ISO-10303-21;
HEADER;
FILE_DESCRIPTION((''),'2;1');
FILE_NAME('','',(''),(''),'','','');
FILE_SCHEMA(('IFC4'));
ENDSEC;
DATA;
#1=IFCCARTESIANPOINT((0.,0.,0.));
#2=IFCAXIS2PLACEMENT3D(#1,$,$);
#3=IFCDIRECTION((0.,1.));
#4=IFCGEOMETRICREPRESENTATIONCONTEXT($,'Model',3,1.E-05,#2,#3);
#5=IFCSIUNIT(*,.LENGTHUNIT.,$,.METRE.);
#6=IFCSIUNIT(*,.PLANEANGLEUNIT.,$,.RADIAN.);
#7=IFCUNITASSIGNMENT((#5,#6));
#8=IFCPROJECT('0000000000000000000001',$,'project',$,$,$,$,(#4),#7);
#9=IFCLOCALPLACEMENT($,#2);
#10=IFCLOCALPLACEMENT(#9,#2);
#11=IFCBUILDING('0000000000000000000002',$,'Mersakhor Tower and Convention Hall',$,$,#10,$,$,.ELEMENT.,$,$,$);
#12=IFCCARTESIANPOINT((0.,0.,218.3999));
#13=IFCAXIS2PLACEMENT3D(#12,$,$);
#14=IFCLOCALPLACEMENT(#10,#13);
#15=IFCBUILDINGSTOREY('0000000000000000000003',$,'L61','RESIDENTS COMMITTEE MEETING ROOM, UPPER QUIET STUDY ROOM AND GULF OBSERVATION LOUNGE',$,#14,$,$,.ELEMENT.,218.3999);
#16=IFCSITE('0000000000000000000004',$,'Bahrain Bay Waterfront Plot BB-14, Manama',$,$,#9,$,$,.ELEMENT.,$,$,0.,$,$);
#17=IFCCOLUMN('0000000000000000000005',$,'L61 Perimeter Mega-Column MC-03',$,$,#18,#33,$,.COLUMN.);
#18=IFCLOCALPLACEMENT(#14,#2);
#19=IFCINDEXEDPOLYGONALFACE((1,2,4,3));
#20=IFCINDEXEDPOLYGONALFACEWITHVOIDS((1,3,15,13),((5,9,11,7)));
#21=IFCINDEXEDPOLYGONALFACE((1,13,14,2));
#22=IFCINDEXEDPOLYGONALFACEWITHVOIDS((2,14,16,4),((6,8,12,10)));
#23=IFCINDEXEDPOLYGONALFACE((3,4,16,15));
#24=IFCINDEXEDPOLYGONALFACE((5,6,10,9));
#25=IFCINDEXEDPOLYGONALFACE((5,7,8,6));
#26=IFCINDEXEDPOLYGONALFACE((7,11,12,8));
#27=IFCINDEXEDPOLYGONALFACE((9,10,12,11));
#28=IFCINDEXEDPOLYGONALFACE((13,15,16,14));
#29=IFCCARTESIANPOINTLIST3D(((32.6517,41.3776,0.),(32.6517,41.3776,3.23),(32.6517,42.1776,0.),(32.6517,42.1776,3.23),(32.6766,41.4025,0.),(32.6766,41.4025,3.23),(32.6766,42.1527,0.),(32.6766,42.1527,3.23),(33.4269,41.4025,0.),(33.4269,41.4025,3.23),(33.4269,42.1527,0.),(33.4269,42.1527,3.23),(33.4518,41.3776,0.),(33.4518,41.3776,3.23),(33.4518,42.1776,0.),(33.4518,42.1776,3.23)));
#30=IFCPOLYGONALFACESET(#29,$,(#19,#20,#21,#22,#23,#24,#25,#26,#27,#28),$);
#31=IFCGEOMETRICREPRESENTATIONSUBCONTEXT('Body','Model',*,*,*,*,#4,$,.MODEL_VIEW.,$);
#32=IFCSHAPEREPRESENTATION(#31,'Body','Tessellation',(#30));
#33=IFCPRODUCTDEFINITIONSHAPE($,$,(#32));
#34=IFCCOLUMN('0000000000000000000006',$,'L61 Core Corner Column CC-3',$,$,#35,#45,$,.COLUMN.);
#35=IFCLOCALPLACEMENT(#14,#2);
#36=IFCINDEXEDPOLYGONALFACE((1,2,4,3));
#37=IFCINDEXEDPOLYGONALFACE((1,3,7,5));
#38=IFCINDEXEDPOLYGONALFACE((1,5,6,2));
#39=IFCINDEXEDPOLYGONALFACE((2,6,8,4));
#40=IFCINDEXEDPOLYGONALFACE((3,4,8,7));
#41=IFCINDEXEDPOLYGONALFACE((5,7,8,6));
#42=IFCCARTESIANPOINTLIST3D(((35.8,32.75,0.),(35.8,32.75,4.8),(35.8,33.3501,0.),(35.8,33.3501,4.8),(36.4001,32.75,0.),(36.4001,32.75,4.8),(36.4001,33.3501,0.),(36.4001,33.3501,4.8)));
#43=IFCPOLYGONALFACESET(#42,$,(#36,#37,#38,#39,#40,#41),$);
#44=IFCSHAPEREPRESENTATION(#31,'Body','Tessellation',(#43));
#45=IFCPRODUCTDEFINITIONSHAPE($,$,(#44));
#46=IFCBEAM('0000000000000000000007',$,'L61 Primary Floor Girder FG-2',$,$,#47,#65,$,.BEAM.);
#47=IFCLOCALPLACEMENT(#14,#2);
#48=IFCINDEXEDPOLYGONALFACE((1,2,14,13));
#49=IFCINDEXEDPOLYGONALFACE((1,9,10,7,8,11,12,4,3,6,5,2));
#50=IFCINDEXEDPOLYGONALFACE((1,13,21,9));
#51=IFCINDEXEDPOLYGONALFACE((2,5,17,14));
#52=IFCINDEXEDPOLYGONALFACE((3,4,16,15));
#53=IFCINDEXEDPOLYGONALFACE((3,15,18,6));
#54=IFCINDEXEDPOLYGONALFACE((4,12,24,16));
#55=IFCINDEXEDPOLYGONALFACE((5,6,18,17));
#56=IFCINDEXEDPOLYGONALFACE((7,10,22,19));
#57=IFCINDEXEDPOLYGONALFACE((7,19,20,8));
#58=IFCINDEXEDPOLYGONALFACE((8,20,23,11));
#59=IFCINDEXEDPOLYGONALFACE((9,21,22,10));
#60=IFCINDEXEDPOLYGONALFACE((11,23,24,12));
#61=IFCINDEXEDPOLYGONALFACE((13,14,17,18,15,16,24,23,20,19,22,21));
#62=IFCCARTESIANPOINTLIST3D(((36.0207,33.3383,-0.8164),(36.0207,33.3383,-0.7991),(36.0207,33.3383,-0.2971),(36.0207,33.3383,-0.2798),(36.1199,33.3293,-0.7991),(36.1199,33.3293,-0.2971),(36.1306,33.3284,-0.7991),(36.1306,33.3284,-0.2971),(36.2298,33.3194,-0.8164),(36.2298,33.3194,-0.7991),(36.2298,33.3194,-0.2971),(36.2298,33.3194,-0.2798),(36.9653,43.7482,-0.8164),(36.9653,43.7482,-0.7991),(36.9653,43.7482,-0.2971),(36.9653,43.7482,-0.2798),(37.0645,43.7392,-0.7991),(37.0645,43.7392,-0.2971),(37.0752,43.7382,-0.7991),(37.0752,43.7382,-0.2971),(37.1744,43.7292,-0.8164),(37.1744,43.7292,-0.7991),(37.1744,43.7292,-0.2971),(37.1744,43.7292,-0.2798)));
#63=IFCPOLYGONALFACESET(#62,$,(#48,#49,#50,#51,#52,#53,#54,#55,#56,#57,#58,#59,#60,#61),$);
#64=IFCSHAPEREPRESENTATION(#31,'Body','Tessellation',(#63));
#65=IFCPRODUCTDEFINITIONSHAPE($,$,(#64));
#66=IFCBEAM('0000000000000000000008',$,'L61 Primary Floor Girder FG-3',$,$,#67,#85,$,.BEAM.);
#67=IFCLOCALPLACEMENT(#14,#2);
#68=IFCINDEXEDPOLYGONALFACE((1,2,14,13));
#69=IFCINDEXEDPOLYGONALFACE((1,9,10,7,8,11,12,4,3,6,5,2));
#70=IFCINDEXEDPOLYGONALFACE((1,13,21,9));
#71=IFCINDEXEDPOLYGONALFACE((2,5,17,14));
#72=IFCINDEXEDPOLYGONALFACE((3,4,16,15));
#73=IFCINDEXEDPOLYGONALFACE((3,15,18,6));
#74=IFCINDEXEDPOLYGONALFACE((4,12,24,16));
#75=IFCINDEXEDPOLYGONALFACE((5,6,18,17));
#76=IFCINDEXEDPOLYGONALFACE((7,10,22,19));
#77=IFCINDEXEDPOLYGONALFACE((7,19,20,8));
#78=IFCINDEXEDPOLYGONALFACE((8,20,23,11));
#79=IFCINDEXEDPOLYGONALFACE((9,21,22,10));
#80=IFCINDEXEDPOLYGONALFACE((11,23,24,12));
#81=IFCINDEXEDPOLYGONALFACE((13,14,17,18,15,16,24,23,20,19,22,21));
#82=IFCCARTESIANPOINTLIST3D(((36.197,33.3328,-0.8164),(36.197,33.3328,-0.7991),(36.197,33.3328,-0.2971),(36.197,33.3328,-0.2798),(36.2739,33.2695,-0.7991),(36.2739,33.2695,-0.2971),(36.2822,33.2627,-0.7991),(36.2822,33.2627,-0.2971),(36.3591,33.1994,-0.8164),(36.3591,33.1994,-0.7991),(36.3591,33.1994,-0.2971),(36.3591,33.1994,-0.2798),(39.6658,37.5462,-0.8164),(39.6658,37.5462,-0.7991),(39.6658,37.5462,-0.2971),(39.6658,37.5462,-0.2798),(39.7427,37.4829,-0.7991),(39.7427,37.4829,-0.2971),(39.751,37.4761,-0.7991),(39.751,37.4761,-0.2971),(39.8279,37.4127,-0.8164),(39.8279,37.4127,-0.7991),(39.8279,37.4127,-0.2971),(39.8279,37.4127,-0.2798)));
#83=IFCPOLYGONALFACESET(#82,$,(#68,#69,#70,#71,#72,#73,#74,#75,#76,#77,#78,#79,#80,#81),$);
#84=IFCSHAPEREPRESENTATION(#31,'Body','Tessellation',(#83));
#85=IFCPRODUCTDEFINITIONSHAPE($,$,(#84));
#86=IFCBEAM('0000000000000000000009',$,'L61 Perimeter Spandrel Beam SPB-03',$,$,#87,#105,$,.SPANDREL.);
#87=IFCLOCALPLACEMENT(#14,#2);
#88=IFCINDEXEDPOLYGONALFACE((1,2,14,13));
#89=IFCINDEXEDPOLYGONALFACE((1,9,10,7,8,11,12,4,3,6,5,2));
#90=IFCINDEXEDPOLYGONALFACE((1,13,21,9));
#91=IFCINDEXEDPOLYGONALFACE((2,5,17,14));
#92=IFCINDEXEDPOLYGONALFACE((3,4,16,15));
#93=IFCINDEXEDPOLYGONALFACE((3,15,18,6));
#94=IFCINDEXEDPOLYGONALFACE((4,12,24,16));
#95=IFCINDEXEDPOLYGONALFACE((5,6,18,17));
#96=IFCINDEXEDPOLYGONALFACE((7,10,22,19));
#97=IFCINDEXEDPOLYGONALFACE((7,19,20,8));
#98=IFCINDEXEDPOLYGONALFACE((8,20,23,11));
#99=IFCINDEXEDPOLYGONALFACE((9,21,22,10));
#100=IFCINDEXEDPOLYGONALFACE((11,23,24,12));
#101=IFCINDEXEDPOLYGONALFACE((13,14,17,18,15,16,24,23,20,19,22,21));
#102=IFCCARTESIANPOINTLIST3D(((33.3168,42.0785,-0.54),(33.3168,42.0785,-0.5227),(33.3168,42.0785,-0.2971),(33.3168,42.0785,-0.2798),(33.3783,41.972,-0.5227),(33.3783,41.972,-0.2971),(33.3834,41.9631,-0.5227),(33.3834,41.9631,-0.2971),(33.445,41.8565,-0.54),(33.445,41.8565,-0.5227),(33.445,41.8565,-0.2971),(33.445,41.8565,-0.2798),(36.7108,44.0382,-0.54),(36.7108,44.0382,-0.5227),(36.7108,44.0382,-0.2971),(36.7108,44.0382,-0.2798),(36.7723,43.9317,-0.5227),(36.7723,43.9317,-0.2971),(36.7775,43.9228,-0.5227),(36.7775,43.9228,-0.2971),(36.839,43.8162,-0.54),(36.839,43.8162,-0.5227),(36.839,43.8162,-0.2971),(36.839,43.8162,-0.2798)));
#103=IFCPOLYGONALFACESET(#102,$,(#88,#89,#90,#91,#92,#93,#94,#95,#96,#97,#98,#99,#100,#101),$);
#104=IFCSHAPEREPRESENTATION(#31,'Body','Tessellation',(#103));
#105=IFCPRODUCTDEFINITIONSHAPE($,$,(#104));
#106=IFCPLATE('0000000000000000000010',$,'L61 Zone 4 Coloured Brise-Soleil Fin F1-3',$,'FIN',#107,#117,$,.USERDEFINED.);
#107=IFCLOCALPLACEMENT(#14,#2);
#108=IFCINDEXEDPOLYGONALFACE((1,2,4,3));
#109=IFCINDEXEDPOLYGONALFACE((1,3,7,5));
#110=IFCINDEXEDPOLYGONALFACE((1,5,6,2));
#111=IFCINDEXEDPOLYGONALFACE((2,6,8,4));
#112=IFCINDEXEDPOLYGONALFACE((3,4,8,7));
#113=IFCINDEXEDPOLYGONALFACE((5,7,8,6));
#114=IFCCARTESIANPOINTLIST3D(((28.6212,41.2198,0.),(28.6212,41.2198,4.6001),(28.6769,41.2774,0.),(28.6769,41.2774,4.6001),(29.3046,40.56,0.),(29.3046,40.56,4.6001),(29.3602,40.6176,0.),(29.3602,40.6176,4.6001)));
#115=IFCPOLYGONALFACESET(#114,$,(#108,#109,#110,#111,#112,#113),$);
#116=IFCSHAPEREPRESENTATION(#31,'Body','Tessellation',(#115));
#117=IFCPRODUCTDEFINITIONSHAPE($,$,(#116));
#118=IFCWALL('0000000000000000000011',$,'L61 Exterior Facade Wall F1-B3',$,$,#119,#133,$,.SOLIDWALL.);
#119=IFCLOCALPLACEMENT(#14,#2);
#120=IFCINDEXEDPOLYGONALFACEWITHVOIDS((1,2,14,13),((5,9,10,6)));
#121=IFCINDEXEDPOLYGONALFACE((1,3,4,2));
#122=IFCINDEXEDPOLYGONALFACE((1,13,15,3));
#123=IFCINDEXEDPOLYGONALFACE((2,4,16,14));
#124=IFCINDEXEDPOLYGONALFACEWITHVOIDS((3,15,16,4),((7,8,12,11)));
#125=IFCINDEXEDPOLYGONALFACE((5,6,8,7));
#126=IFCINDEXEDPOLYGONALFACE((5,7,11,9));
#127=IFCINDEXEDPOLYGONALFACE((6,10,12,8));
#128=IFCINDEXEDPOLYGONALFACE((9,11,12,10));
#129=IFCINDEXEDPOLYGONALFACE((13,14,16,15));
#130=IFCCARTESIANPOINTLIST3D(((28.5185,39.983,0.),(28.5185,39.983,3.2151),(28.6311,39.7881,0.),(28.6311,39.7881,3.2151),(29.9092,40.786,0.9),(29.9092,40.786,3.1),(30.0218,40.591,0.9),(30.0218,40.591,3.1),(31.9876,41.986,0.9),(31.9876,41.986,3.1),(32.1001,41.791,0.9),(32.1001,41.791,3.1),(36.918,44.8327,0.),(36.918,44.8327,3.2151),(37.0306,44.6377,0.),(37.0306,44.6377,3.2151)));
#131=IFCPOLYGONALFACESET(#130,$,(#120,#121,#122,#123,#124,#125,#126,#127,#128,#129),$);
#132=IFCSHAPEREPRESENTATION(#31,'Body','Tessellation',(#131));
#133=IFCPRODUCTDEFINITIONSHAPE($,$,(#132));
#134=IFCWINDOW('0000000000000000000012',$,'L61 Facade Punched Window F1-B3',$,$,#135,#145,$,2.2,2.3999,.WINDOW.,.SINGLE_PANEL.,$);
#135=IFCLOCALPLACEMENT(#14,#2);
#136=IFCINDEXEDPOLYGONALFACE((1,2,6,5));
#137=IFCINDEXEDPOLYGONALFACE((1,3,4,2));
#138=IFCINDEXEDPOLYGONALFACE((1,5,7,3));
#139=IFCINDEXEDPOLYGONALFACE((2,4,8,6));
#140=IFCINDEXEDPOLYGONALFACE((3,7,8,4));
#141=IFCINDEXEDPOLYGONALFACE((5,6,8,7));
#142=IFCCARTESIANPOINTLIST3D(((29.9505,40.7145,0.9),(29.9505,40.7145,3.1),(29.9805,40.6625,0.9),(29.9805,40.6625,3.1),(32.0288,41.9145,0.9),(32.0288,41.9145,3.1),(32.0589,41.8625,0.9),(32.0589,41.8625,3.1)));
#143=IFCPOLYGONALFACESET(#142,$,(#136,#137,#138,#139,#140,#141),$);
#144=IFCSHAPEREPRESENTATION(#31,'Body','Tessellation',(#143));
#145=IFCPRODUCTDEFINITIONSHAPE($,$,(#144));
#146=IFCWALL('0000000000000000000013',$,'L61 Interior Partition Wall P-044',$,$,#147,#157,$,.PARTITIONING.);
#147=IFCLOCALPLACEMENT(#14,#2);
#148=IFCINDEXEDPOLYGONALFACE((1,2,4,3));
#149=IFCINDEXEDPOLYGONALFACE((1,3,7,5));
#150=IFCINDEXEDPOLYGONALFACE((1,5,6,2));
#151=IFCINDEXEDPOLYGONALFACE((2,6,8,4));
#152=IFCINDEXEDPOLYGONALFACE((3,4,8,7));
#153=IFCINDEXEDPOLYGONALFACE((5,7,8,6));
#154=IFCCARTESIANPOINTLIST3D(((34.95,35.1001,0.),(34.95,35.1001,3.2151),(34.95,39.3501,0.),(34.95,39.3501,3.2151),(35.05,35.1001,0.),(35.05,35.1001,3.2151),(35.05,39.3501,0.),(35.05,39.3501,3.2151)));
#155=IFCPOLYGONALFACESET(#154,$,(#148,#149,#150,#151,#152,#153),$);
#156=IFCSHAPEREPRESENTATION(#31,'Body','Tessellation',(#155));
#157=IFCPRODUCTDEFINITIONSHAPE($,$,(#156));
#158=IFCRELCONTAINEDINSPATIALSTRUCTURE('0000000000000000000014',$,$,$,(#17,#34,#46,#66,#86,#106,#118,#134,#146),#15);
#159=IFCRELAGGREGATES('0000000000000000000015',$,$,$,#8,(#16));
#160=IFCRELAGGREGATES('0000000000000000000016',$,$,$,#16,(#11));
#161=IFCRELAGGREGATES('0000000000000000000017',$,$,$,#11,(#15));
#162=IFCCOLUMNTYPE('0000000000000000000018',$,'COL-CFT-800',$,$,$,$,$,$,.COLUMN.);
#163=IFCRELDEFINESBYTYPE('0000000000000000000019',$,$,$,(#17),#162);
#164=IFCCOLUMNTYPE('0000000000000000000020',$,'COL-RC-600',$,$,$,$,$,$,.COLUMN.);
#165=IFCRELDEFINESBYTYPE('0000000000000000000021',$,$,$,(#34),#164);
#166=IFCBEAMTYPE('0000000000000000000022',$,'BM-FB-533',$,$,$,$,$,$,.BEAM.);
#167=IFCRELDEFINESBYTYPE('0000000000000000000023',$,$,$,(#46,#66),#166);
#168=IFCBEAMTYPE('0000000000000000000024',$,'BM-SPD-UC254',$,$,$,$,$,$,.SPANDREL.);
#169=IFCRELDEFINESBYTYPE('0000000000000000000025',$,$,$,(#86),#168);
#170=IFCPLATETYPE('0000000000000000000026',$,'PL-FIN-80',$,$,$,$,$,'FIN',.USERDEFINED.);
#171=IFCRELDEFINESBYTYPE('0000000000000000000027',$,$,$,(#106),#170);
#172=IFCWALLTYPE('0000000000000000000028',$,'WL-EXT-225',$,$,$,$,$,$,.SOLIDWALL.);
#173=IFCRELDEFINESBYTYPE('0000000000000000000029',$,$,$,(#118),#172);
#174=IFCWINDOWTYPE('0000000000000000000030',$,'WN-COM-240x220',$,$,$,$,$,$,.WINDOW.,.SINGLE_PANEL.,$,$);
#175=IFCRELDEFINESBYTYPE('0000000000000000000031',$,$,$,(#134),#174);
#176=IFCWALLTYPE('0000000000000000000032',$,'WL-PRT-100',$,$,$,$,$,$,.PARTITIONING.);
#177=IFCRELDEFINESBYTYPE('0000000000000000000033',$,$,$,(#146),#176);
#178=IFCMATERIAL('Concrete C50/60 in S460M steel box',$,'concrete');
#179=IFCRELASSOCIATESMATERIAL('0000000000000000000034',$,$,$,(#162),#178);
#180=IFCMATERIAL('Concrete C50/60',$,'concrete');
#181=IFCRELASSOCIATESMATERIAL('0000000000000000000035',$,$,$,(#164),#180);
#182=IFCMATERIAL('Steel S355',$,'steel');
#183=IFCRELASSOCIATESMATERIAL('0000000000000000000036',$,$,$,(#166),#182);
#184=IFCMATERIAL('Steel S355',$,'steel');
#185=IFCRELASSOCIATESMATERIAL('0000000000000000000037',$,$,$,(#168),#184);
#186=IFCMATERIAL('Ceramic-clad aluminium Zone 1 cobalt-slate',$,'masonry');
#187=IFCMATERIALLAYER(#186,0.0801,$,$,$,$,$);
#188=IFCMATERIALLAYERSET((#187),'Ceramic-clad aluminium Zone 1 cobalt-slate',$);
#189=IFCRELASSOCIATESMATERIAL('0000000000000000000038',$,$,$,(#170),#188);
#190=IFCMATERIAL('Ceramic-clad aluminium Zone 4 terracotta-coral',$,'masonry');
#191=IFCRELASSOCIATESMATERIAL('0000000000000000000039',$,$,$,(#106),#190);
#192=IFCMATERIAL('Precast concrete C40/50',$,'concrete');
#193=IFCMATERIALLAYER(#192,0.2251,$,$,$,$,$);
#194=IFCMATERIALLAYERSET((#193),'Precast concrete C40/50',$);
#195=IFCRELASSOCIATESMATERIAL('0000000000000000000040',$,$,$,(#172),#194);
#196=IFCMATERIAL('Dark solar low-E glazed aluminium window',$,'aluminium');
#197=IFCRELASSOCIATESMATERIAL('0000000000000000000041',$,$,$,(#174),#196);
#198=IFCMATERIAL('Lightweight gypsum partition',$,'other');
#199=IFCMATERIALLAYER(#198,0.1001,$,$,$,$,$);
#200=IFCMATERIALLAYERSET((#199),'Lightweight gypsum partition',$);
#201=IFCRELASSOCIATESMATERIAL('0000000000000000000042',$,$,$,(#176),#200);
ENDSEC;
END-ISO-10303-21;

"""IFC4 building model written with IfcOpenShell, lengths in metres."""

from ifc_helpers import new_model, si_unit, direction, frame, frame_2d, origin, origin_2d, place, context, subcontext, project, spatial, rectangle, hollow_rectangle, i_section, extrude, material, layer, layer_set, material_profile, profile_set, type_object, element, fill, save


model = new_model("IFC4")

# Units and contexts
model_context = context("Model", 3, precision=1e-05, world=origin(), true_north=direction((0.0, 1.0)))
body_context = subcontext(model_context, "Body", "Model", "MODEL_VIEW")
ifc_project = project(units=[si_unit("LENGTHUNIT", "METRE"), si_unit("PLANEANGLEUNIT", "RADIAN")], contexts=[model_context])

# Site, building, storey
site_placement = place(None, origin())
site = spatial("IfcSite", under=ifc_project, at=site_placement, Name="Bahrain Bay Waterfront Plot BB-14, Manama", CompositionType="ELEMENT", RefElevation=0.0)
building_placement = place(site_placement, origin())
building = spatial("IfcBuilding", under=site, at=building_placement, Name="Mersakhor Tower and Convention Hall", CompositionType="ELEMENT")
storey_placement = place(building_placement, frame((0.0, 0.0, 218.3999)))
storey = spatial("IfcBuildingStorey", under=building, at=storey_placement, Name="L61", Description="RESIDENTS COMMITTEE MEETING ROOM, UPPER QUIET STUDY ROOM AND GULF OBSERVATION LOUNGE", CompositionType="ELEMENT", Elevation=218.3999)

# Columns
ifc_material_1 = material(Name="Concrete C50/60 in S460M steel box", Category="concrete")
ifc_material_profile_1 = material_profile(ifc_material_1, hollow_rectangle(XDim=0.8, YDim=0.8, WallThickness=0.0249, at=origin_2d()), Name="SHS 800x800x25")
ifc_profile_set_1 = profile_set([ifc_material_profile_1], Name="Concrete C50/60 in S460M steel box")
column_type_1 = type_object("IfcColumnType", Name="COL-CFT-800", PredefinedType="COLUMN", material=ifc_profile_set_1)
column_1_placement = place(storey_placement, frame((33.0518, 41.7776, 0.0), z_axis=(0.0, 0.0, 1.0), x_axis=(1.0, 0.0, 0.0)))
element("IfcColumn", 1, at=column_1_placement, inside=storey, type_object=column_type_1, Name="L61 Perimeter Mega-Column MC-03", PredefinedType="COLUMN", context=body_context, shape_type="SweptSolid", body=[
    extrude(hollow_rectangle(XDim=0.8, YDim=0.8, WallThickness=0.0249, at=origin_2d()), origin(), (0.0, 0.0, 1.0), 3.23),
])
ifc_material_2 = material(Name="Concrete C50/60", Category="concrete")
ifc_material_profile_2 = material_profile(ifc_material_2, rectangle(XDim=0.6001, YDim=0.6001, at=origin_2d()), Name="RC 600x600")
ifc_profile_set_2 = profile_set([ifc_material_profile_2], Name="Concrete C50/60")
column_type_2 = type_object("IfcColumnType", Name="COL-RC-600", PredefinedType="COLUMN", material=ifc_profile_set_2)
column_2_placement = place(storey_placement, frame((36.1001, 33.05, 0.0), z_axis=(0.0, 0.0, 1.0), x_axis=(1.0, 0.0, 0.0)))
element("IfcColumn", 2, at=column_2_placement, inside=storey, type_object=column_type_2, Name="L61 Core Corner Column CC-3", PredefinedType="COLUMN", context=body_context, shape_type="SweptSolid", body=[
    extrude(rectangle(XDim=0.6001, YDim=0.6001, at=origin_2d()), origin(), (0.0, 0.0, 1.0), 4.8),
])

# Beams
ifc_material_3 = material(Name="Steel S355", Category="steel")
ifc_material_profile_3 = material_profile(ifc_material_3, i_section(OverallWidth=0.21, OverallDepth=0.5366, WebThickness=0.0107, FlangeThickness=0.0173, at=origin_2d()), Name="UB 533x210x101")
ifc_profile_set_3 = profile_set([ifc_material_profile_3], Name="Steel S355")
beam_type_1 = type_object("IfcBeamType", Name="BM-FB-533", PredefinedType="BEAM", material=ifc_profile_set_3)
beam_1_placement = place(storey_placement, frame((36.1252, 33.3289, -0.5481), z_axis=(0.090367, 0.995909, 0.0), x_axis=(-0.995909, 0.090367, 0.0)))
element("IfcBeam", 3, at=beam_1_placement, inside=storey, type_object=beam_type_1, Name="L61 Primary Floor Girder FG-2", PredefinedType="BEAM", context=body_context, shape_type="SweptSolid", body=[
    extrude(i_section(OverallWidth=0.21, OverallDepth=0.5366, WebThickness=0.0107, FlangeThickness=0.0173, at=origin_2d()), origin(), (0.0, 0.0, 1.0), 10.4526),
])
beam_2_placement = place(storey_placement, frame((36.2781, 33.2661, -0.5481), z_axis=(0.635588, 0.772028, 0.0), x_axis=(-0.772028, 0.635588, 0.0)))
element("IfcBeam", 4, at=beam_2_placement, inside=storey, type_object=beam_type_1, Name="L61 Primary Floor Girder FG-3", PredefinedType="BEAM", context=body_context, shape_type="SweptSolid", body=[
    extrude(i_section(OverallWidth=0.21, OverallDepth=0.5366, WebThickness=0.0107, FlangeThickness=0.0173, at=origin_2d()), origin(), (0.0, 0.0, 1.0), 5.4575),
])
ifc_material_4 = material(Name="Steel S355", Category="steel")
ifc_material_profile_4 = material_profile(ifc_material_4, i_section(OverallWidth=0.2563, OverallDepth=0.2603, WebThickness=0.0103, FlangeThickness=0.0173, at=origin_2d()), Name="UC 254x254x89")
ifc_profile_set_4 = profile_set([ifc_material_profile_4], Name="Steel S355")
beam_type_2 = type_object("IfcBeamType", Name="BM-SPD-UC254", PredefinedType="SPANDREL", material=ifc_profile_set_4)
beam_3_placement = place(storey_placement, frame((33.3809, 41.9675, -0.4099), z_axis=(0.866007, 0.500032, 0.0), x_axis=(-0.500032, 0.866007, 0.0)))
element("IfcBeam", 5, at=beam_3_placement, inside=storey, type_object=beam_type_2, Name="L61 Perimeter Spandrel Beam SPB-03", PredefinedType="SPANDREL", context=body_context, shape_type="SweptSolid", body=[
    extrude(i_section(OverallWidth=0.2563, OverallDepth=0.2603, WebThickness=0.0103, FlangeThickness=0.0173, at=origin_2d()), origin(), (0.0, 0.0, 1.0), 3.9192),
])

# Plate
ifc_material_5 = material(Name="Ceramic-clad aluminium Zone 4 terracotta-coral", Category="masonry")
ifc_material_6 = material(Name="Ceramic-clad aluminium Zone 1 cobalt-slate", Category="masonry")
ifc_layer_1 = layer(ifc_material_6, 0.0801)
ifc_layer_set_1 = layer_set([ifc_layer_1], Name="Ceramic-clad aluminium Zone 1 cobalt-slate")
plate_type = type_object("IfcPlateType", Name="PL-FIN-80", ElementType="FIN", PredefinedType="USERDEFINED", material=ifc_layer_set_1)
plate_placement = place(storey_placement, frame((28.9907, 40.9187, 0.0), z_axis=(0.0, 0.0, 1.0), x_axis=(-0.71934, 0.694658, 0.0)))
element("IfcPlate", 6, at=plate_placement, inside=storey, type_object=plate_type, material=ifc_material_5, Name="L61 Zone 4 Coloured Brise-Soleil Fin F1-3", ObjectType="FIN", PredefinedType="USERDEFINED", context=body_context, shape_type="SweptSolid", body=[
    extrude(rectangle(XDim=0.95, YDim=0.0801, at=origin_2d()), origin(), (0.0, 0.0, 1.0), 4.6001),
])

# Wall, opening, window
ifc_material_7 = material(Name="Precast concrete C40/50", Category="concrete")
ifc_layer_2 = layer(ifc_material_7, 0.2251)
ifc_layer_set_2 = layer_set([ifc_layer_2], Name="Precast concrete C40/50")
wall_type_1 = type_object("IfcWallType", Name="WL-EXT-225", PredefinedType="SOLIDWALL", material=ifc_layer_set_2)
wall_1_placement = place(storey_placement, frame((28.5747, 39.8855, 0.0), z_axis=(0.0, 0.0, 1.0), x_axis=(0.866016, 0.500016, 0.0)))
wall_1 = element("IfcWall", 7, at=wall_1_placement, inside=storey, type_object=wall_type_1, Name="L61 Exterior Facade Wall F1-B3", PredefinedType="SOLIDWALL", context=body_context, shape_type="SweptSolid", body=[
    extrude(rectangle(XDim=9.699, YDim=0.2251, at=frame_2d((4.8496, 0.0))), origin(), (0.0, 0.0, 1.0), 3.2151),
])
opening_1_placement = place(wall_1_placement, frame((1.606, 0.0, 0.8999)))
opening_1 = element("IfcOpeningElement", 8, at=opening_1_placement, cuts=wall_1, PredefinedType="OPENING", context=body_context, shape_type="SweptSolid", body=[
    extrude(rectangle(XDim=2.3999, YDim=2.2, at=frame_2d((1.2, 1.1001))), frame((0.0, 0.1226, 0.0), z_axis=(0.0, -1.0, 0.0), x_axis=(1.0, 0.0, 0.0)), (0.0, 0.0, 1.0), 0.2451),
])
ifc_material_8 = material(Name="Dark solar low-E glazed aluminium window", Category="aluminium")
window_type = type_object("IfcWindowType", Name="WN-COM-240x220", PartitioningType="SINGLE_PANEL", PredefinedType="WINDOW", material=ifc_material_8)
window_placement = place(opening_1_placement, origin())
window = element("IfcWindow", 9, at=window_placement, inside=storey, type_object=window_type, Name="L61 Facade Punched Window F1-B3", OverallHeight=2.2, OverallWidth=2.3999, PartitioningType="SINGLE_PANEL", PredefinedType="WINDOW", context=body_context, shape_type="SweptSolid", body=[
    extrude(rectangle(XDim=2.3999, YDim=2.2, at=frame_2d((1.2, 1.1001))), frame((0.0, 0.03, 0.0), z_axis=(0.0, -1.0, 0.0), x_axis=(1.0, 0.0, 0.0)), (0.0, 0.0, 1.0), 0.0601),
])
fill(opening_1, window)

# Wall
ifc_material_9 = material(Name="Lightweight gypsum partition", Category="other")
ifc_layer_3 = layer(ifc_material_9, 0.1001)
ifc_layer_set_3 = layer_set([ifc_layer_3], Name="Lightweight gypsum partition")
wall_type_2 = type_object("IfcWallType", Name="WL-PRT-100", PredefinedType="PARTITIONING", material=ifc_layer_set_3)
wall_2_placement = place(storey_placement, frame((35.0, 39.3501, 0.0), z_axis=(0.0, 0.0, 1.0), x_axis=(0.0, -1.0, 0.0)))
element("IfcWall", 10, at=wall_2_placement, inside=storey, type_object=wall_type_2, Name="L61 Interior Partition Wall P-044", PredefinedType="PARTITIONING", context=body_context, shape_type="SweptSolid", body=[
    extrude(rectangle(XDim=4.25, YDim=0.1001, at=frame_2d((2.125, 0.0))), origin(), (0.0, 0.0, 1.0), 3.2151),
])

save(model, "model.ifc")
